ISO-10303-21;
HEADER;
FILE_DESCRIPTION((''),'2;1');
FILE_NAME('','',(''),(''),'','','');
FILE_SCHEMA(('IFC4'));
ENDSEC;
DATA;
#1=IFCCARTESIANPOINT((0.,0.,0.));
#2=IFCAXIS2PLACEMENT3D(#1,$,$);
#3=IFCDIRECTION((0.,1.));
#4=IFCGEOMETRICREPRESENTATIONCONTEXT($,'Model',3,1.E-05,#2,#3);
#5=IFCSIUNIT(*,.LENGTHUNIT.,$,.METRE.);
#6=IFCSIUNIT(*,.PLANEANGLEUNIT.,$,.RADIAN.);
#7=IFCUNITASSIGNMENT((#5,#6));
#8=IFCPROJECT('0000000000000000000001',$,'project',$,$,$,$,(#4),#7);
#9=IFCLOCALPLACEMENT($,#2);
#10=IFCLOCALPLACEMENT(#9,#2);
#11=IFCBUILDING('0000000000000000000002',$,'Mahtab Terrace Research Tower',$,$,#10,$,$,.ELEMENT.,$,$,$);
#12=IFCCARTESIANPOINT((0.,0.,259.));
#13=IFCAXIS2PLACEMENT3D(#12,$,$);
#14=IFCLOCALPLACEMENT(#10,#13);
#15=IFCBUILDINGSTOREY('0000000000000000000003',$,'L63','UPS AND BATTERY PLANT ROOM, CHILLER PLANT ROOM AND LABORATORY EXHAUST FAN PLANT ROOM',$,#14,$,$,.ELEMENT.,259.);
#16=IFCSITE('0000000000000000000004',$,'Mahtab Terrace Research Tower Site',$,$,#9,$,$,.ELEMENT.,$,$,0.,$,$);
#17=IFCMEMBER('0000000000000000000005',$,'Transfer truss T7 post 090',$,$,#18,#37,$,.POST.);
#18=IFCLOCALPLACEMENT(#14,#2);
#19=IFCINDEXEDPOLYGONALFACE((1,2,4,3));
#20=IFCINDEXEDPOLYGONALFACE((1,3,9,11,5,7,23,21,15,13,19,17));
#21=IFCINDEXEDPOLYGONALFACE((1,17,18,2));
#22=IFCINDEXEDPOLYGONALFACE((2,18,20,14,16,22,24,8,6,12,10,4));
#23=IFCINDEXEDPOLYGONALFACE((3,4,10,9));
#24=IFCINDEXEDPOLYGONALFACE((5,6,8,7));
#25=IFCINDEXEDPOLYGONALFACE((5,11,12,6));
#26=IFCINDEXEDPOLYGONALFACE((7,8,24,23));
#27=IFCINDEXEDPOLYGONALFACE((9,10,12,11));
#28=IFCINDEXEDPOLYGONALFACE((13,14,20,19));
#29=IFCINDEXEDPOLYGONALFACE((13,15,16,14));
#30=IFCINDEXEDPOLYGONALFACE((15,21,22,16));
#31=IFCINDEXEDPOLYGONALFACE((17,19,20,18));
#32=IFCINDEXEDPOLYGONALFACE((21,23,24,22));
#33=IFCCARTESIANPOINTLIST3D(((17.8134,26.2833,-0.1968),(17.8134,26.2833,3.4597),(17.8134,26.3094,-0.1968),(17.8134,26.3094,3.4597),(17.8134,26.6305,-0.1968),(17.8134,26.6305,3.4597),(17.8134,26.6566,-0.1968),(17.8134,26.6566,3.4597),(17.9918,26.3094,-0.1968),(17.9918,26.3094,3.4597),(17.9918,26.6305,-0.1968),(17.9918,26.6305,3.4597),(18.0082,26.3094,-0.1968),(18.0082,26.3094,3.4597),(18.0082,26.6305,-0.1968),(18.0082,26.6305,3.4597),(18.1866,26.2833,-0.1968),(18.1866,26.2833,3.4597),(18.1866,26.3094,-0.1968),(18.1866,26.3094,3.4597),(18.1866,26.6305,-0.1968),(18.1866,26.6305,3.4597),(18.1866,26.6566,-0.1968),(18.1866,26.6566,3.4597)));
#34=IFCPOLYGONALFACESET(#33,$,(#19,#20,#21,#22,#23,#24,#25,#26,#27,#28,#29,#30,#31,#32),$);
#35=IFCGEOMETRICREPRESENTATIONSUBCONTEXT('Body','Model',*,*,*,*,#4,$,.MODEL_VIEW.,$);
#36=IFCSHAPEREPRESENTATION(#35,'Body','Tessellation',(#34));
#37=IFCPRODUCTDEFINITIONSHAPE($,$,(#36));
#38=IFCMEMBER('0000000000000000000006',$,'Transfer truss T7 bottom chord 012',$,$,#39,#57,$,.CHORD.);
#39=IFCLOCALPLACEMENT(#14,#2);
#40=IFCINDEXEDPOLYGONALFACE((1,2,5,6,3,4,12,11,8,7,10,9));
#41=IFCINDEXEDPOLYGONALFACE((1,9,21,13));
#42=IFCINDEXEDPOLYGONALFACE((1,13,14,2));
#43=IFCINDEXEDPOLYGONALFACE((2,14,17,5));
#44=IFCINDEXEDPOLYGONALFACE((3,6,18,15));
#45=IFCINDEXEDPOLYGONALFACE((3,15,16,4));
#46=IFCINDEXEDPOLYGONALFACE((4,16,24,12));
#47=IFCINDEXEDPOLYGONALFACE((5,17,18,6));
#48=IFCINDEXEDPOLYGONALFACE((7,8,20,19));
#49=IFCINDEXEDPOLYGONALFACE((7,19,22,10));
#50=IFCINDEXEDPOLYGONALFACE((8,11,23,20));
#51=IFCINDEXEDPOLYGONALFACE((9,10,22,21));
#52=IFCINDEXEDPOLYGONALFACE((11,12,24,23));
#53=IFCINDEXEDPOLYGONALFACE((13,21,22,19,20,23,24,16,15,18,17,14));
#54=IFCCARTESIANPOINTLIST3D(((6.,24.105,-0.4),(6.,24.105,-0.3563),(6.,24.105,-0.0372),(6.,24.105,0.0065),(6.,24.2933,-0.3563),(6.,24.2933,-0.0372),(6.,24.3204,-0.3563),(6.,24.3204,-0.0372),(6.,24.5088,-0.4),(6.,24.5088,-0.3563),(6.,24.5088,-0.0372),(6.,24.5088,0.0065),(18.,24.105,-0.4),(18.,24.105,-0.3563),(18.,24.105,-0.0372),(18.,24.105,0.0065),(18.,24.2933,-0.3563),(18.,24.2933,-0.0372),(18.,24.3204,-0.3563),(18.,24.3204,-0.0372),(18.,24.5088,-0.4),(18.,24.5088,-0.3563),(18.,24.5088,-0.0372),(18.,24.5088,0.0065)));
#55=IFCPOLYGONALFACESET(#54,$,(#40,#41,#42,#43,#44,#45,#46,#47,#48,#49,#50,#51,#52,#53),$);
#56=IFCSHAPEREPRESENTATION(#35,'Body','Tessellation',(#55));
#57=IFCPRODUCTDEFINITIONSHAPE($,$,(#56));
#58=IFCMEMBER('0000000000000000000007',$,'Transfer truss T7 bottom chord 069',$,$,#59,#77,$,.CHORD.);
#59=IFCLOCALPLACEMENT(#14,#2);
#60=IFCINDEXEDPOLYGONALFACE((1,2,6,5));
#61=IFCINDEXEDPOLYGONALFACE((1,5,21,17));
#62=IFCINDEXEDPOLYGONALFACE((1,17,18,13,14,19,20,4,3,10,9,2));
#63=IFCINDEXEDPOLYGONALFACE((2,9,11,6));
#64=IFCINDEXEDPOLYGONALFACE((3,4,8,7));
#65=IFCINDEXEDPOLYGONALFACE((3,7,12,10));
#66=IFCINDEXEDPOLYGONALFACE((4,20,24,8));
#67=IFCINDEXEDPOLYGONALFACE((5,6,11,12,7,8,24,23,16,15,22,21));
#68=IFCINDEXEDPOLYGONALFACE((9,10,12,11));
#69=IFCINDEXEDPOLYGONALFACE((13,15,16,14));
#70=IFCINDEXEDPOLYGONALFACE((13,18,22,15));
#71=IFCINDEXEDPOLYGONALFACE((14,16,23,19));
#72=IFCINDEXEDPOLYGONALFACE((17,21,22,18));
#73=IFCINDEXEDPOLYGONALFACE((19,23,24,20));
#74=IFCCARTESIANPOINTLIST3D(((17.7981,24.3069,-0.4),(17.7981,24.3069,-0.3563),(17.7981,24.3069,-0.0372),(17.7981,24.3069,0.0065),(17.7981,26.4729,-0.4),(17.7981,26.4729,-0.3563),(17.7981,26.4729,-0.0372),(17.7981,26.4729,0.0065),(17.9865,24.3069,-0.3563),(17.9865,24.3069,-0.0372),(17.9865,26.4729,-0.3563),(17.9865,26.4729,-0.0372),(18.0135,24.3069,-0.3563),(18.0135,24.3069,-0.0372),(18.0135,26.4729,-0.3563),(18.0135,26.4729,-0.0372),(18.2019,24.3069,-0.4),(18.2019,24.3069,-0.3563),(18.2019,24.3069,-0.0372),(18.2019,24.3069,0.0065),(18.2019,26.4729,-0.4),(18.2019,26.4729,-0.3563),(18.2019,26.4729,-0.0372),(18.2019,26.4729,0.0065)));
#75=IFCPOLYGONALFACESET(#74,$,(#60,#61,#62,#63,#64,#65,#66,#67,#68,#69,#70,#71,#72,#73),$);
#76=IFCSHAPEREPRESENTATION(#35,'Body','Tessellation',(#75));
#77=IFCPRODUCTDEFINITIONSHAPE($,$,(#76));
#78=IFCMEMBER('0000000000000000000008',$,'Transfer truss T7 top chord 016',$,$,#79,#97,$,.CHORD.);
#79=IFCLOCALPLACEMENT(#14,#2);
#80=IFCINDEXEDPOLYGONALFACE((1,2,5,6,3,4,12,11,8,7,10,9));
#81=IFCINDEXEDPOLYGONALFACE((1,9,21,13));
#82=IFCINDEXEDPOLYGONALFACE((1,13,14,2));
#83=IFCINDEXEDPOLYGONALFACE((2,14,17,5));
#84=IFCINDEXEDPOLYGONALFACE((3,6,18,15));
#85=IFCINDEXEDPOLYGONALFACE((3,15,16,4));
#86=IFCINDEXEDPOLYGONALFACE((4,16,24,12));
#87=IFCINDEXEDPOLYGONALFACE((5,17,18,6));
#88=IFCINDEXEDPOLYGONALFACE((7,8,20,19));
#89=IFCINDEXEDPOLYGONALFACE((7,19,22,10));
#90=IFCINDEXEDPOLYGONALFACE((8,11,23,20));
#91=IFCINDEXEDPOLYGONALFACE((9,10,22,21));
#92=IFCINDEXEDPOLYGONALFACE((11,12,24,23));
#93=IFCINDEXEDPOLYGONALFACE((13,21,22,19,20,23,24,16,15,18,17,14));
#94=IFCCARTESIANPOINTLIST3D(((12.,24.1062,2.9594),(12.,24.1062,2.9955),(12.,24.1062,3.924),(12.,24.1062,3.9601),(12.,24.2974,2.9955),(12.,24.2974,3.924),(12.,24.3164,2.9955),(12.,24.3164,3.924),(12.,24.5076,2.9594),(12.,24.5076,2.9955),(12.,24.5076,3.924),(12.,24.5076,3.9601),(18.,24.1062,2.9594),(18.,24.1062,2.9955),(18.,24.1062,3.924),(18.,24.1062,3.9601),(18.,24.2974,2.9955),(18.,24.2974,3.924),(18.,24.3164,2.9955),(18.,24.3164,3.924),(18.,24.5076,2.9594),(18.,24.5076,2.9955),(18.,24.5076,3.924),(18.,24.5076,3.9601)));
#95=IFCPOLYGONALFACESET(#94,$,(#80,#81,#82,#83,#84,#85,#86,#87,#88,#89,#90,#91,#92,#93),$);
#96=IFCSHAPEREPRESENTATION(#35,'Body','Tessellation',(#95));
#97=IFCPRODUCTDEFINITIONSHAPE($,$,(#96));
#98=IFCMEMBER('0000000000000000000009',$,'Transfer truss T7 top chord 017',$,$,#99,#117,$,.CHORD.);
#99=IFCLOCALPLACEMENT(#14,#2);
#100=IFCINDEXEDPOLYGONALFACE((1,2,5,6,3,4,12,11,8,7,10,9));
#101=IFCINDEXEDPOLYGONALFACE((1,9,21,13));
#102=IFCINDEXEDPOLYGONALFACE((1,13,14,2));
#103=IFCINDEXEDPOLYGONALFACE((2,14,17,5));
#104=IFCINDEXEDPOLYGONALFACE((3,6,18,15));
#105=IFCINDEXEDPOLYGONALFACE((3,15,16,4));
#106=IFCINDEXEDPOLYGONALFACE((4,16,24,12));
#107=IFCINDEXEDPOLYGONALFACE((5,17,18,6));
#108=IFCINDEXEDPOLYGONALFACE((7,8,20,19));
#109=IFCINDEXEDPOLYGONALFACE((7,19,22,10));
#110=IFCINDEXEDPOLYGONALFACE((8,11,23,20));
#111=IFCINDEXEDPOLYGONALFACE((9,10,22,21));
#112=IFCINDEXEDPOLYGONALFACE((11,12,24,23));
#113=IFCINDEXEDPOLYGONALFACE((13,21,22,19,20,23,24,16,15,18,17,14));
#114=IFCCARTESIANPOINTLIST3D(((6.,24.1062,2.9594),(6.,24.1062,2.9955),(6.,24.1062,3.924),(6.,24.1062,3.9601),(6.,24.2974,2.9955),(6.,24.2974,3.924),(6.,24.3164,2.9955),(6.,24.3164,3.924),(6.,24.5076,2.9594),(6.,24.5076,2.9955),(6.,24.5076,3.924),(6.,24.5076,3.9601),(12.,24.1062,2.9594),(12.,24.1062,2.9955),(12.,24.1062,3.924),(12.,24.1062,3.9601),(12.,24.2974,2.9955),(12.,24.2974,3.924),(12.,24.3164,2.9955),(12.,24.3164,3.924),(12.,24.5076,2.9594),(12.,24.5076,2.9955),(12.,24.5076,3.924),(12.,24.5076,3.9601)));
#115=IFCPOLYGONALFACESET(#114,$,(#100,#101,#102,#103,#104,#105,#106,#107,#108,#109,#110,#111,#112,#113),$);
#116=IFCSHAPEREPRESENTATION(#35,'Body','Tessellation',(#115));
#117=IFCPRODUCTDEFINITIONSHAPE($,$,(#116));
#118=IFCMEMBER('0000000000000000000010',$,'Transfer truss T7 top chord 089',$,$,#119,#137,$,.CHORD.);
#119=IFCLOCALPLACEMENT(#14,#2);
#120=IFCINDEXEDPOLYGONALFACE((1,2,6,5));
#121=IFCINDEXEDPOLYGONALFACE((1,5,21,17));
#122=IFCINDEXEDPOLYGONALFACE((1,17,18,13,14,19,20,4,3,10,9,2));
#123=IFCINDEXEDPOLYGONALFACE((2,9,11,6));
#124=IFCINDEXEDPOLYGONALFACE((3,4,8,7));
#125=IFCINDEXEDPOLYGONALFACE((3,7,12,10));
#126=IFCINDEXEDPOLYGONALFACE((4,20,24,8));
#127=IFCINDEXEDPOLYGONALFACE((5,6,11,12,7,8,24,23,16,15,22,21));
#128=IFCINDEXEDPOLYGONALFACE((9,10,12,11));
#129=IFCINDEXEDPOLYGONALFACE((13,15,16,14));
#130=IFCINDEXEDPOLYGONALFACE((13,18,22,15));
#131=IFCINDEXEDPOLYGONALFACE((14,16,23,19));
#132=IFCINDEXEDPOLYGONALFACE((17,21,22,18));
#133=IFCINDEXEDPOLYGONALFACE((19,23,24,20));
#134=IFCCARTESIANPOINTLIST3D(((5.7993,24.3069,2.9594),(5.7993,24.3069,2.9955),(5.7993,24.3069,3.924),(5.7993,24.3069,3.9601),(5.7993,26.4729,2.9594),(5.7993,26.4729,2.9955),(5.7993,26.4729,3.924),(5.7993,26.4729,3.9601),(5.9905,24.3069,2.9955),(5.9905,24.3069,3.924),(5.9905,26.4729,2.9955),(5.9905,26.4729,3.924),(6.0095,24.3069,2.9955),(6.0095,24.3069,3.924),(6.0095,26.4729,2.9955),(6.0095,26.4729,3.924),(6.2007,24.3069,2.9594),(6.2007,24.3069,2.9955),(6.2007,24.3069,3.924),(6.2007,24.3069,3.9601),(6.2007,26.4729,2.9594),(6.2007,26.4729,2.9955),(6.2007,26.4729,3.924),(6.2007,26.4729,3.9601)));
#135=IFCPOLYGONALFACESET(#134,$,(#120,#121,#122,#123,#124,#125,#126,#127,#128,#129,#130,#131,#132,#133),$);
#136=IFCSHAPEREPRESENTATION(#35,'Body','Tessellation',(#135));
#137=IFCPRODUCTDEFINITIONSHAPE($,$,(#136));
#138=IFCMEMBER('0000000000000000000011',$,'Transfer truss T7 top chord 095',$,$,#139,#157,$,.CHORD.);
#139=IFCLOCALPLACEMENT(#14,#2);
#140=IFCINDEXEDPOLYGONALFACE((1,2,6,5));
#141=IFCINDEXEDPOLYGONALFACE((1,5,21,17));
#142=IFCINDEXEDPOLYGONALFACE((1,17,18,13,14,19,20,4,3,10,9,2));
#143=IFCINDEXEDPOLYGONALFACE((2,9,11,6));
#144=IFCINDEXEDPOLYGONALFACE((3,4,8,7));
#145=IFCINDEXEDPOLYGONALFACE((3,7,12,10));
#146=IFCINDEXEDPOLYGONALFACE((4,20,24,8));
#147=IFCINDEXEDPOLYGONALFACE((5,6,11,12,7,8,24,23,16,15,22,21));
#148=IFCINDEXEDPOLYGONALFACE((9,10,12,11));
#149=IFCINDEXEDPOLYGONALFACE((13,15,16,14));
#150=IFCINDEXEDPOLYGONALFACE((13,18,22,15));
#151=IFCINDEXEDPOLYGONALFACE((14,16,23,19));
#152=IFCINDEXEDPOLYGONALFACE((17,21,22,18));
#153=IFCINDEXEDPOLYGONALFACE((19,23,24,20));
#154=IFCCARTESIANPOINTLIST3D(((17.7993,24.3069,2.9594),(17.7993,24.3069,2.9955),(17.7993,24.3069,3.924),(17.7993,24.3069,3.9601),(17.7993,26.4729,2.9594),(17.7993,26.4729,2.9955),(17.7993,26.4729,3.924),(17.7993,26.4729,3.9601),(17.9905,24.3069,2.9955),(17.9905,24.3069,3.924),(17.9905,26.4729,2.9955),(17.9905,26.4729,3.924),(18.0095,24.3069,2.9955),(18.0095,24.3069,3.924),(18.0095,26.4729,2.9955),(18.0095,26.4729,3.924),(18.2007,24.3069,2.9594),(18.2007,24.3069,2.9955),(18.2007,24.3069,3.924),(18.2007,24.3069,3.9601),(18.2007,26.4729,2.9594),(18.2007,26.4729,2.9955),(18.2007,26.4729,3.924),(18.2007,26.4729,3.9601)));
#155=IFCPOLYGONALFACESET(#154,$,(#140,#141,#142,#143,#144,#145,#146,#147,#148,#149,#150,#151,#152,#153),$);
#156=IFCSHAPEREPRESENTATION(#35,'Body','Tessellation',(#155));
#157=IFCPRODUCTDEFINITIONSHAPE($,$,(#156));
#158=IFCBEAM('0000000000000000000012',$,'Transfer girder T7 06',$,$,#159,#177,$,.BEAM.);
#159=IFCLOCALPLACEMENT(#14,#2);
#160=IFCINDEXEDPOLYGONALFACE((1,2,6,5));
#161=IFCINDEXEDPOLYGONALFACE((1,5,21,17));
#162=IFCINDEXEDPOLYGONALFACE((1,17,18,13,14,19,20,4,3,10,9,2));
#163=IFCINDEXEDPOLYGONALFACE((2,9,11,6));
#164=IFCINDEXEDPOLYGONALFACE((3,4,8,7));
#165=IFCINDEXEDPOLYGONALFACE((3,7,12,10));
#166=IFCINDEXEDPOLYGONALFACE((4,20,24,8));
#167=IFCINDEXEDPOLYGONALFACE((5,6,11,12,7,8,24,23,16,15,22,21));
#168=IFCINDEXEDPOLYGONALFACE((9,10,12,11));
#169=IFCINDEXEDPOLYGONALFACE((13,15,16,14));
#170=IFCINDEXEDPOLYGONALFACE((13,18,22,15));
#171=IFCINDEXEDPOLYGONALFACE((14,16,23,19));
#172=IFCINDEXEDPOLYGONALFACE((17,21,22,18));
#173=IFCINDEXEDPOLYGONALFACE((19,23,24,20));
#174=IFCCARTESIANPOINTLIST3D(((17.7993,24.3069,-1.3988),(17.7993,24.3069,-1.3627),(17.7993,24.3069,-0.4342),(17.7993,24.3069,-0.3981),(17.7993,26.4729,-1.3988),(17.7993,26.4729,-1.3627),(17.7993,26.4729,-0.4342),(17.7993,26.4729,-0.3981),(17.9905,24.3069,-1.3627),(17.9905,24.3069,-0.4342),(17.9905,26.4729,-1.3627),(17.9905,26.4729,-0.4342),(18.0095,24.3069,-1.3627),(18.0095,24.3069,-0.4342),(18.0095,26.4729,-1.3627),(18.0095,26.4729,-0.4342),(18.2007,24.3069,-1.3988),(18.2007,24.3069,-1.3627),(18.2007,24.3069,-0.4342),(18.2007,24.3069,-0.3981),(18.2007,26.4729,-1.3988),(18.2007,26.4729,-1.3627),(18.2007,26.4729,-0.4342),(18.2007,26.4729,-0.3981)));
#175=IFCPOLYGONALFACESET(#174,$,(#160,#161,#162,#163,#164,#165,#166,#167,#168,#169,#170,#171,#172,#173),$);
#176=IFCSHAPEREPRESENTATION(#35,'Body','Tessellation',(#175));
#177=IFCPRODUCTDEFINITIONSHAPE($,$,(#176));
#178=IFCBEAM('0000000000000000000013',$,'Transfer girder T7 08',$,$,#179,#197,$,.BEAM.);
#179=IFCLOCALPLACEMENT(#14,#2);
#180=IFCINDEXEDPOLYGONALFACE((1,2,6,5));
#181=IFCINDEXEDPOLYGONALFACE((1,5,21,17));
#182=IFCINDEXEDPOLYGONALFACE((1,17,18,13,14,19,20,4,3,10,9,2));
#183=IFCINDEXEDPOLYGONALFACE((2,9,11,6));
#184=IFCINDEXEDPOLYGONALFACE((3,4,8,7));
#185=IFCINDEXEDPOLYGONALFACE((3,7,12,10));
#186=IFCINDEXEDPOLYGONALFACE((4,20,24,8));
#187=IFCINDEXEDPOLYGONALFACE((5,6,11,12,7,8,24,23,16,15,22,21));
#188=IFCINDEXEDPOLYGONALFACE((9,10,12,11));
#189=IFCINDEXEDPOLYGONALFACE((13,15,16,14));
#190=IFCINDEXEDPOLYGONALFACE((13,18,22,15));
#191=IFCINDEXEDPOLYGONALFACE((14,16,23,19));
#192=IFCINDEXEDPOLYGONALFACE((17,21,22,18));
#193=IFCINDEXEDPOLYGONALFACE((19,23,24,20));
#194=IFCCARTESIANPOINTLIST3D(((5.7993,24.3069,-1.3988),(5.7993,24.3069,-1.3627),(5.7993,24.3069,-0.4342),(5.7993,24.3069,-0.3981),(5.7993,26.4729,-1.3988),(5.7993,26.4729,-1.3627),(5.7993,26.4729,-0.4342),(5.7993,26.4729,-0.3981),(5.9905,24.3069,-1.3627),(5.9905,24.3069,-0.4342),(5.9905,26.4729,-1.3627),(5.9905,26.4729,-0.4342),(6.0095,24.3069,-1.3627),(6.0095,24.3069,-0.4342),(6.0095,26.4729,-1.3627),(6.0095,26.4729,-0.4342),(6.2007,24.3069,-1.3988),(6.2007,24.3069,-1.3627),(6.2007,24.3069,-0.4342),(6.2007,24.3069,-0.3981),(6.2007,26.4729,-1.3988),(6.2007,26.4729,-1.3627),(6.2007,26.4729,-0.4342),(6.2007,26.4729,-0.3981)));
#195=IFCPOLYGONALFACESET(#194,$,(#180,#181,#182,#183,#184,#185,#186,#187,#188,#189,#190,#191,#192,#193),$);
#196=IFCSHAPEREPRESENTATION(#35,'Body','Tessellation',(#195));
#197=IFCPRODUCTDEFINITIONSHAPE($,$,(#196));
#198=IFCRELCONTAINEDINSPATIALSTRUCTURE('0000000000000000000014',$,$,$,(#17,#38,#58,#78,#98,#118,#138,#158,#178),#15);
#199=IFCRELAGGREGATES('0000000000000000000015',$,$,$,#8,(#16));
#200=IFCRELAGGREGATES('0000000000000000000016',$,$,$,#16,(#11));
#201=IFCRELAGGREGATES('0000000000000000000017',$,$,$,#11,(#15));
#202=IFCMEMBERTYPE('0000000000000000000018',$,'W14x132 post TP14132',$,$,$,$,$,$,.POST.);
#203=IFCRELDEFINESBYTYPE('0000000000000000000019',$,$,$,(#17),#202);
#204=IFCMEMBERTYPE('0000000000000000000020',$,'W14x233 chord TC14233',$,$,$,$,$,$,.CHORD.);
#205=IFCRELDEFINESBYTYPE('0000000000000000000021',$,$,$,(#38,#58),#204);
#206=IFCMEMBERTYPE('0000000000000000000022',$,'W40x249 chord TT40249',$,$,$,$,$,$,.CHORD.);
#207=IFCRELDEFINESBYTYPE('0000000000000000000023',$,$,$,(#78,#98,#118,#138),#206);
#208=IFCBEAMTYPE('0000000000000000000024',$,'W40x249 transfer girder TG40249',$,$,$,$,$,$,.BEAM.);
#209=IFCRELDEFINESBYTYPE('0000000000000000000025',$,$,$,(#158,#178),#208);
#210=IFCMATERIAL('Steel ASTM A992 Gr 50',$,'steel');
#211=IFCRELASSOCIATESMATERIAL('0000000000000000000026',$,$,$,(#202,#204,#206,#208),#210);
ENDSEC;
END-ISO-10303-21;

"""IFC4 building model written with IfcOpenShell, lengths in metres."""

from ifc_helpers import new_model, si_unit, direction, frame, origin, origin_2d, place, context, subcontext, project, spatial, i_section, extrude, material, material_profile, profile_set, type_object, element, save


model = new_model("IFC4")

# Units and contexts
model_context = context("Model", 3, precision=1e-05, world=origin(), true_north=direction((0.0, 1.0)))
body_context = subcontext(model_context, "Body", "Model", "MODEL_VIEW")
ifc_project = project(units=[si_unit("LENGTHUNIT", "METRE"), si_unit("PLANEANGLEUNIT", "RADIAN")], contexts=[model_context])

# Site, building, storey
site_placement = place(None, origin())
site = spatial("IfcSite", under=ifc_project, at=site_placement, Name="Mahtab Terrace Research Tower Site", CompositionType="ELEMENT", RefElevation=0.0)
building_placement = place(site_placement, origin())
building = spatial("IfcBuilding", under=site, at=building_placement, Name="Mahtab Terrace Research Tower", CompositionType="ELEMENT")
storey_placement = place(building_placement, frame((0.0, 0.0, 259.0)))
storey = spatial("IfcBuildingStorey", under=building, at=storey_placement, Name="L63", Description="UPS AND BATTERY PLANT ROOM, CHILLER PLANT ROOM AND LABORATORY EXHAUST FAN PLANT ROOM", CompositionType="ELEMENT", Elevation=259.0)

# Shared definitions
ifc_material_1 = material(Name="Steel ASTM A992 Gr 50", Category="steel")

# Members
ifc_material_profile_1 = material_profile(ifc_material_1, i_section(OverallWidth=0.3733, OverallDepth=0.3733, WebThickness=0.0164, FlangeThickness=0.0261, at=origin_2d()), Name="W14X132")
ifc_profile_set_1 = profile_set([ifc_material_profile_1], Name="Steel ASTM A992 Gr 50")
member_type_1 = type_object("IfcMemberType", Name="W14x132 post TP14132", PredefinedType="POST", material=ifc_profile_set_1)
for number, where, z_axis, x_axis, name in (
    (1, (18.0, 26.47, -0.1968), (0.0, 0.0, 1.0), (1.0, 0.0, 0.0), "Transfer truss T7 post 090"),
):
    element("IfcMember", number, at=place(storey_placement, frame(where, z_axis=z_axis, x_axis=x_axis)), inside=storey, type_object=member_type_1, Name=name, PredefinedType="POST", context=body_context, shape_type="SweptSolid", body=[
        extrude(i_section(OverallWidth=0.3733, OverallDepth=0.3733, WebThickness=0.0164, FlangeThickness=0.0261, at=origin_2d()), origin(), (0.0, 0.0, 1.0), 3.6565),
    ])
ifc_material_profile_2 = material_profile(ifc_material_1, i_section(OverallWidth=0.4038, OverallDepth=0.4065, WebThickness=0.0271, FlangeThickness=0.0437, at=origin_2d()), Name="W14X233")
ifc_profile_set_2 = profile_set([ifc_material_profile_2], Name="Steel ASTM A992 Gr 50")
member_type_2 = type_object("IfcMemberType", Name="W14x233 chord TC14233", PredefinedType="CHORD", material=ifc_profile_set_2)
member_1_placement = place(storey_placement, frame((18.0, 24.3069, -0.1968), z_axis=(-1.0, 0.0, 0.0), x_axis=(0.0, -1.0, 0.0)))
element("IfcMember", 2, at=member_1_placement, inside=storey, type_object=member_type_2, Name="Transfer truss T7 bottom chord 012", PredefinedType="CHORD", context=body_context, shape_type="SweptSolid", body=[
    extrude(i_section(OverallWidth=0.4038, OverallDepth=0.4065, WebThickness=0.0271, FlangeThickness=0.0437, at=origin_2d()), origin(), (0.0, 0.0, 1.0), 12.0),
])
member_2_placement = place(storey_placement, frame((18.0, 24.3069, -0.1968), z_axis=(0.0, 1.0, 0.0), x_axis=(-1.0, 0.0, 0.0)))
element("IfcMember", 3, at=member_2_placement, inside=storey, type_object=member_type_2, Name="Transfer truss T7 bottom chord 069", PredefinedType="CHORD", context=body_context, shape_type="SweptSolid", body=[
    extrude(i_section(OverallWidth=0.4038, OverallDepth=0.4065, WebThickness=0.0271, FlangeThickness=0.0437, at=origin_2d()), origin(), (0.0, 0.0, 1.0), 2.166),
])
ifc_material_profile_3 = material_profile(ifc_material_1, i_section(OverallWidth=0.4014, OverallDepth=1.0007, WebThickness=0.019, FlangeThickness=0.0361, at=origin_2d()), Name="W40X249")
ifc_profile_set_3 = profile_set([ifc_material_profile_3], Name="Steel ASTM A992 Gr 50")
member_type_3 = type_object("IfcMemberType", Name="W40x249 chord TT40249", PredefinedType="CHORD", material=ifc_profile_set_3)
for number, where, z_axis, x_axis, name in (
    (4, (18.0, 24.3069, 3.4597), (-1.0, 0.0, 0.0), (0.0, -1.0, 0.0), "Transfer truss T7 top chord 016"),
    (5, (12.0, 24.3069, 3.4597), (-1.0, 0.0, 0.0), (0.0, -1.0, 0.0), "Transfer truss T7 top chord 017"),
):
    element("IfcMember", number, at=place(storey_placement, frame(where, z_axis=z_axis, x_axis=x_axis)), inside=storey, type_object=member_type_3, Name=name, PredefinedType="CHORD", context=body_context, shape_type="SweptSolid", body=[
        extrude(i_section(OverallWidth=0.4014, OverallDepth=1.0007, WebThickness=0.019, FlangeThickness=0.0361, at=origin_2d()), origin(), (0.0, 0.0, 1.0), 6.0),
    ])
for number, where, z_axis, x_axis, name in (
    (6, (6.0, 24.3069, 3.4597), (0.0, 1.0, 0.0), (-1.0, 0.0, 0.0), "Transfer truss T7 top chord 089"),
    (7, (18.0, 24.3069, 3.4597), (0.0, 1.0, 0.0), (-1.0, 0.0, 0.0), "Transfer truss T7 top chord 095"),
):
    element("IfcMember", number, at=place(storey_placement, frame(where, z_axis=z_axis, x_axis=x_axis)), inside=storey, type_object=member_type_3, Name=name, PredefinedType="CHORD", context=body_context, shape_type="SweptSolid", body=[
        extrude(i_section(OverallWidth=0.4014, OverallDepth=1.0007, WebThickness=0.019, FlangeThickness=0.0361, at=origin_2d()), origin(), (0.0, 0.0, 1.0), 2.166),
    ])

# Beams
ifc_material_profile_4 = material_profile(ifc_material_1, i_section(OverallWidth=0.4014, OverallDepth=1.0007, WebThickness=0.019, FlangeThickness=0.0361, at=origin_2d()), Name="W40X249")
ifc_profile_set_4 = profile_set([ifc_material_profile_4], Name="Steel ASTM A992 Gr 50")
beam_type = type_object("IfcBeamType", Name="W40x249 transfer girder TG40249", PredefinedType="BEAM", material=ifc_profile_set_4)
for number, where, z_axis, x_axis, name in (
    (8, (18.0, 24.3069, -0.8984), (0.0, 1.0, 0.0), (-1.0, 0.0, 0.0), "Transfer girder T7 06"),
    (9, (6.0, 24.3069, -0.8984), (0.0, 1.0, 0.0), (-1.0, 0.0, 0.0), "Transfer girder T7 08"),
):
    element("IfcBeam", number, at=place(storey_placement, frame(where, z_axis=z_axis, x_axis=x_axis)), inside=storey, type_object=beam_type, Name=name, PredefinedType="BEAM", context=body_context, shape_type="SweptSolid", body=[
        extrude(i_section(OverallWidth=0.4014, OverallDepth=1.0007, WebThickness=0.019, FlangeThickness=0.0361, at=origin_2d()), origin(), (0.0, 0.0, 1.0), 2.166),
    ])

save(model, "model.ifc")
